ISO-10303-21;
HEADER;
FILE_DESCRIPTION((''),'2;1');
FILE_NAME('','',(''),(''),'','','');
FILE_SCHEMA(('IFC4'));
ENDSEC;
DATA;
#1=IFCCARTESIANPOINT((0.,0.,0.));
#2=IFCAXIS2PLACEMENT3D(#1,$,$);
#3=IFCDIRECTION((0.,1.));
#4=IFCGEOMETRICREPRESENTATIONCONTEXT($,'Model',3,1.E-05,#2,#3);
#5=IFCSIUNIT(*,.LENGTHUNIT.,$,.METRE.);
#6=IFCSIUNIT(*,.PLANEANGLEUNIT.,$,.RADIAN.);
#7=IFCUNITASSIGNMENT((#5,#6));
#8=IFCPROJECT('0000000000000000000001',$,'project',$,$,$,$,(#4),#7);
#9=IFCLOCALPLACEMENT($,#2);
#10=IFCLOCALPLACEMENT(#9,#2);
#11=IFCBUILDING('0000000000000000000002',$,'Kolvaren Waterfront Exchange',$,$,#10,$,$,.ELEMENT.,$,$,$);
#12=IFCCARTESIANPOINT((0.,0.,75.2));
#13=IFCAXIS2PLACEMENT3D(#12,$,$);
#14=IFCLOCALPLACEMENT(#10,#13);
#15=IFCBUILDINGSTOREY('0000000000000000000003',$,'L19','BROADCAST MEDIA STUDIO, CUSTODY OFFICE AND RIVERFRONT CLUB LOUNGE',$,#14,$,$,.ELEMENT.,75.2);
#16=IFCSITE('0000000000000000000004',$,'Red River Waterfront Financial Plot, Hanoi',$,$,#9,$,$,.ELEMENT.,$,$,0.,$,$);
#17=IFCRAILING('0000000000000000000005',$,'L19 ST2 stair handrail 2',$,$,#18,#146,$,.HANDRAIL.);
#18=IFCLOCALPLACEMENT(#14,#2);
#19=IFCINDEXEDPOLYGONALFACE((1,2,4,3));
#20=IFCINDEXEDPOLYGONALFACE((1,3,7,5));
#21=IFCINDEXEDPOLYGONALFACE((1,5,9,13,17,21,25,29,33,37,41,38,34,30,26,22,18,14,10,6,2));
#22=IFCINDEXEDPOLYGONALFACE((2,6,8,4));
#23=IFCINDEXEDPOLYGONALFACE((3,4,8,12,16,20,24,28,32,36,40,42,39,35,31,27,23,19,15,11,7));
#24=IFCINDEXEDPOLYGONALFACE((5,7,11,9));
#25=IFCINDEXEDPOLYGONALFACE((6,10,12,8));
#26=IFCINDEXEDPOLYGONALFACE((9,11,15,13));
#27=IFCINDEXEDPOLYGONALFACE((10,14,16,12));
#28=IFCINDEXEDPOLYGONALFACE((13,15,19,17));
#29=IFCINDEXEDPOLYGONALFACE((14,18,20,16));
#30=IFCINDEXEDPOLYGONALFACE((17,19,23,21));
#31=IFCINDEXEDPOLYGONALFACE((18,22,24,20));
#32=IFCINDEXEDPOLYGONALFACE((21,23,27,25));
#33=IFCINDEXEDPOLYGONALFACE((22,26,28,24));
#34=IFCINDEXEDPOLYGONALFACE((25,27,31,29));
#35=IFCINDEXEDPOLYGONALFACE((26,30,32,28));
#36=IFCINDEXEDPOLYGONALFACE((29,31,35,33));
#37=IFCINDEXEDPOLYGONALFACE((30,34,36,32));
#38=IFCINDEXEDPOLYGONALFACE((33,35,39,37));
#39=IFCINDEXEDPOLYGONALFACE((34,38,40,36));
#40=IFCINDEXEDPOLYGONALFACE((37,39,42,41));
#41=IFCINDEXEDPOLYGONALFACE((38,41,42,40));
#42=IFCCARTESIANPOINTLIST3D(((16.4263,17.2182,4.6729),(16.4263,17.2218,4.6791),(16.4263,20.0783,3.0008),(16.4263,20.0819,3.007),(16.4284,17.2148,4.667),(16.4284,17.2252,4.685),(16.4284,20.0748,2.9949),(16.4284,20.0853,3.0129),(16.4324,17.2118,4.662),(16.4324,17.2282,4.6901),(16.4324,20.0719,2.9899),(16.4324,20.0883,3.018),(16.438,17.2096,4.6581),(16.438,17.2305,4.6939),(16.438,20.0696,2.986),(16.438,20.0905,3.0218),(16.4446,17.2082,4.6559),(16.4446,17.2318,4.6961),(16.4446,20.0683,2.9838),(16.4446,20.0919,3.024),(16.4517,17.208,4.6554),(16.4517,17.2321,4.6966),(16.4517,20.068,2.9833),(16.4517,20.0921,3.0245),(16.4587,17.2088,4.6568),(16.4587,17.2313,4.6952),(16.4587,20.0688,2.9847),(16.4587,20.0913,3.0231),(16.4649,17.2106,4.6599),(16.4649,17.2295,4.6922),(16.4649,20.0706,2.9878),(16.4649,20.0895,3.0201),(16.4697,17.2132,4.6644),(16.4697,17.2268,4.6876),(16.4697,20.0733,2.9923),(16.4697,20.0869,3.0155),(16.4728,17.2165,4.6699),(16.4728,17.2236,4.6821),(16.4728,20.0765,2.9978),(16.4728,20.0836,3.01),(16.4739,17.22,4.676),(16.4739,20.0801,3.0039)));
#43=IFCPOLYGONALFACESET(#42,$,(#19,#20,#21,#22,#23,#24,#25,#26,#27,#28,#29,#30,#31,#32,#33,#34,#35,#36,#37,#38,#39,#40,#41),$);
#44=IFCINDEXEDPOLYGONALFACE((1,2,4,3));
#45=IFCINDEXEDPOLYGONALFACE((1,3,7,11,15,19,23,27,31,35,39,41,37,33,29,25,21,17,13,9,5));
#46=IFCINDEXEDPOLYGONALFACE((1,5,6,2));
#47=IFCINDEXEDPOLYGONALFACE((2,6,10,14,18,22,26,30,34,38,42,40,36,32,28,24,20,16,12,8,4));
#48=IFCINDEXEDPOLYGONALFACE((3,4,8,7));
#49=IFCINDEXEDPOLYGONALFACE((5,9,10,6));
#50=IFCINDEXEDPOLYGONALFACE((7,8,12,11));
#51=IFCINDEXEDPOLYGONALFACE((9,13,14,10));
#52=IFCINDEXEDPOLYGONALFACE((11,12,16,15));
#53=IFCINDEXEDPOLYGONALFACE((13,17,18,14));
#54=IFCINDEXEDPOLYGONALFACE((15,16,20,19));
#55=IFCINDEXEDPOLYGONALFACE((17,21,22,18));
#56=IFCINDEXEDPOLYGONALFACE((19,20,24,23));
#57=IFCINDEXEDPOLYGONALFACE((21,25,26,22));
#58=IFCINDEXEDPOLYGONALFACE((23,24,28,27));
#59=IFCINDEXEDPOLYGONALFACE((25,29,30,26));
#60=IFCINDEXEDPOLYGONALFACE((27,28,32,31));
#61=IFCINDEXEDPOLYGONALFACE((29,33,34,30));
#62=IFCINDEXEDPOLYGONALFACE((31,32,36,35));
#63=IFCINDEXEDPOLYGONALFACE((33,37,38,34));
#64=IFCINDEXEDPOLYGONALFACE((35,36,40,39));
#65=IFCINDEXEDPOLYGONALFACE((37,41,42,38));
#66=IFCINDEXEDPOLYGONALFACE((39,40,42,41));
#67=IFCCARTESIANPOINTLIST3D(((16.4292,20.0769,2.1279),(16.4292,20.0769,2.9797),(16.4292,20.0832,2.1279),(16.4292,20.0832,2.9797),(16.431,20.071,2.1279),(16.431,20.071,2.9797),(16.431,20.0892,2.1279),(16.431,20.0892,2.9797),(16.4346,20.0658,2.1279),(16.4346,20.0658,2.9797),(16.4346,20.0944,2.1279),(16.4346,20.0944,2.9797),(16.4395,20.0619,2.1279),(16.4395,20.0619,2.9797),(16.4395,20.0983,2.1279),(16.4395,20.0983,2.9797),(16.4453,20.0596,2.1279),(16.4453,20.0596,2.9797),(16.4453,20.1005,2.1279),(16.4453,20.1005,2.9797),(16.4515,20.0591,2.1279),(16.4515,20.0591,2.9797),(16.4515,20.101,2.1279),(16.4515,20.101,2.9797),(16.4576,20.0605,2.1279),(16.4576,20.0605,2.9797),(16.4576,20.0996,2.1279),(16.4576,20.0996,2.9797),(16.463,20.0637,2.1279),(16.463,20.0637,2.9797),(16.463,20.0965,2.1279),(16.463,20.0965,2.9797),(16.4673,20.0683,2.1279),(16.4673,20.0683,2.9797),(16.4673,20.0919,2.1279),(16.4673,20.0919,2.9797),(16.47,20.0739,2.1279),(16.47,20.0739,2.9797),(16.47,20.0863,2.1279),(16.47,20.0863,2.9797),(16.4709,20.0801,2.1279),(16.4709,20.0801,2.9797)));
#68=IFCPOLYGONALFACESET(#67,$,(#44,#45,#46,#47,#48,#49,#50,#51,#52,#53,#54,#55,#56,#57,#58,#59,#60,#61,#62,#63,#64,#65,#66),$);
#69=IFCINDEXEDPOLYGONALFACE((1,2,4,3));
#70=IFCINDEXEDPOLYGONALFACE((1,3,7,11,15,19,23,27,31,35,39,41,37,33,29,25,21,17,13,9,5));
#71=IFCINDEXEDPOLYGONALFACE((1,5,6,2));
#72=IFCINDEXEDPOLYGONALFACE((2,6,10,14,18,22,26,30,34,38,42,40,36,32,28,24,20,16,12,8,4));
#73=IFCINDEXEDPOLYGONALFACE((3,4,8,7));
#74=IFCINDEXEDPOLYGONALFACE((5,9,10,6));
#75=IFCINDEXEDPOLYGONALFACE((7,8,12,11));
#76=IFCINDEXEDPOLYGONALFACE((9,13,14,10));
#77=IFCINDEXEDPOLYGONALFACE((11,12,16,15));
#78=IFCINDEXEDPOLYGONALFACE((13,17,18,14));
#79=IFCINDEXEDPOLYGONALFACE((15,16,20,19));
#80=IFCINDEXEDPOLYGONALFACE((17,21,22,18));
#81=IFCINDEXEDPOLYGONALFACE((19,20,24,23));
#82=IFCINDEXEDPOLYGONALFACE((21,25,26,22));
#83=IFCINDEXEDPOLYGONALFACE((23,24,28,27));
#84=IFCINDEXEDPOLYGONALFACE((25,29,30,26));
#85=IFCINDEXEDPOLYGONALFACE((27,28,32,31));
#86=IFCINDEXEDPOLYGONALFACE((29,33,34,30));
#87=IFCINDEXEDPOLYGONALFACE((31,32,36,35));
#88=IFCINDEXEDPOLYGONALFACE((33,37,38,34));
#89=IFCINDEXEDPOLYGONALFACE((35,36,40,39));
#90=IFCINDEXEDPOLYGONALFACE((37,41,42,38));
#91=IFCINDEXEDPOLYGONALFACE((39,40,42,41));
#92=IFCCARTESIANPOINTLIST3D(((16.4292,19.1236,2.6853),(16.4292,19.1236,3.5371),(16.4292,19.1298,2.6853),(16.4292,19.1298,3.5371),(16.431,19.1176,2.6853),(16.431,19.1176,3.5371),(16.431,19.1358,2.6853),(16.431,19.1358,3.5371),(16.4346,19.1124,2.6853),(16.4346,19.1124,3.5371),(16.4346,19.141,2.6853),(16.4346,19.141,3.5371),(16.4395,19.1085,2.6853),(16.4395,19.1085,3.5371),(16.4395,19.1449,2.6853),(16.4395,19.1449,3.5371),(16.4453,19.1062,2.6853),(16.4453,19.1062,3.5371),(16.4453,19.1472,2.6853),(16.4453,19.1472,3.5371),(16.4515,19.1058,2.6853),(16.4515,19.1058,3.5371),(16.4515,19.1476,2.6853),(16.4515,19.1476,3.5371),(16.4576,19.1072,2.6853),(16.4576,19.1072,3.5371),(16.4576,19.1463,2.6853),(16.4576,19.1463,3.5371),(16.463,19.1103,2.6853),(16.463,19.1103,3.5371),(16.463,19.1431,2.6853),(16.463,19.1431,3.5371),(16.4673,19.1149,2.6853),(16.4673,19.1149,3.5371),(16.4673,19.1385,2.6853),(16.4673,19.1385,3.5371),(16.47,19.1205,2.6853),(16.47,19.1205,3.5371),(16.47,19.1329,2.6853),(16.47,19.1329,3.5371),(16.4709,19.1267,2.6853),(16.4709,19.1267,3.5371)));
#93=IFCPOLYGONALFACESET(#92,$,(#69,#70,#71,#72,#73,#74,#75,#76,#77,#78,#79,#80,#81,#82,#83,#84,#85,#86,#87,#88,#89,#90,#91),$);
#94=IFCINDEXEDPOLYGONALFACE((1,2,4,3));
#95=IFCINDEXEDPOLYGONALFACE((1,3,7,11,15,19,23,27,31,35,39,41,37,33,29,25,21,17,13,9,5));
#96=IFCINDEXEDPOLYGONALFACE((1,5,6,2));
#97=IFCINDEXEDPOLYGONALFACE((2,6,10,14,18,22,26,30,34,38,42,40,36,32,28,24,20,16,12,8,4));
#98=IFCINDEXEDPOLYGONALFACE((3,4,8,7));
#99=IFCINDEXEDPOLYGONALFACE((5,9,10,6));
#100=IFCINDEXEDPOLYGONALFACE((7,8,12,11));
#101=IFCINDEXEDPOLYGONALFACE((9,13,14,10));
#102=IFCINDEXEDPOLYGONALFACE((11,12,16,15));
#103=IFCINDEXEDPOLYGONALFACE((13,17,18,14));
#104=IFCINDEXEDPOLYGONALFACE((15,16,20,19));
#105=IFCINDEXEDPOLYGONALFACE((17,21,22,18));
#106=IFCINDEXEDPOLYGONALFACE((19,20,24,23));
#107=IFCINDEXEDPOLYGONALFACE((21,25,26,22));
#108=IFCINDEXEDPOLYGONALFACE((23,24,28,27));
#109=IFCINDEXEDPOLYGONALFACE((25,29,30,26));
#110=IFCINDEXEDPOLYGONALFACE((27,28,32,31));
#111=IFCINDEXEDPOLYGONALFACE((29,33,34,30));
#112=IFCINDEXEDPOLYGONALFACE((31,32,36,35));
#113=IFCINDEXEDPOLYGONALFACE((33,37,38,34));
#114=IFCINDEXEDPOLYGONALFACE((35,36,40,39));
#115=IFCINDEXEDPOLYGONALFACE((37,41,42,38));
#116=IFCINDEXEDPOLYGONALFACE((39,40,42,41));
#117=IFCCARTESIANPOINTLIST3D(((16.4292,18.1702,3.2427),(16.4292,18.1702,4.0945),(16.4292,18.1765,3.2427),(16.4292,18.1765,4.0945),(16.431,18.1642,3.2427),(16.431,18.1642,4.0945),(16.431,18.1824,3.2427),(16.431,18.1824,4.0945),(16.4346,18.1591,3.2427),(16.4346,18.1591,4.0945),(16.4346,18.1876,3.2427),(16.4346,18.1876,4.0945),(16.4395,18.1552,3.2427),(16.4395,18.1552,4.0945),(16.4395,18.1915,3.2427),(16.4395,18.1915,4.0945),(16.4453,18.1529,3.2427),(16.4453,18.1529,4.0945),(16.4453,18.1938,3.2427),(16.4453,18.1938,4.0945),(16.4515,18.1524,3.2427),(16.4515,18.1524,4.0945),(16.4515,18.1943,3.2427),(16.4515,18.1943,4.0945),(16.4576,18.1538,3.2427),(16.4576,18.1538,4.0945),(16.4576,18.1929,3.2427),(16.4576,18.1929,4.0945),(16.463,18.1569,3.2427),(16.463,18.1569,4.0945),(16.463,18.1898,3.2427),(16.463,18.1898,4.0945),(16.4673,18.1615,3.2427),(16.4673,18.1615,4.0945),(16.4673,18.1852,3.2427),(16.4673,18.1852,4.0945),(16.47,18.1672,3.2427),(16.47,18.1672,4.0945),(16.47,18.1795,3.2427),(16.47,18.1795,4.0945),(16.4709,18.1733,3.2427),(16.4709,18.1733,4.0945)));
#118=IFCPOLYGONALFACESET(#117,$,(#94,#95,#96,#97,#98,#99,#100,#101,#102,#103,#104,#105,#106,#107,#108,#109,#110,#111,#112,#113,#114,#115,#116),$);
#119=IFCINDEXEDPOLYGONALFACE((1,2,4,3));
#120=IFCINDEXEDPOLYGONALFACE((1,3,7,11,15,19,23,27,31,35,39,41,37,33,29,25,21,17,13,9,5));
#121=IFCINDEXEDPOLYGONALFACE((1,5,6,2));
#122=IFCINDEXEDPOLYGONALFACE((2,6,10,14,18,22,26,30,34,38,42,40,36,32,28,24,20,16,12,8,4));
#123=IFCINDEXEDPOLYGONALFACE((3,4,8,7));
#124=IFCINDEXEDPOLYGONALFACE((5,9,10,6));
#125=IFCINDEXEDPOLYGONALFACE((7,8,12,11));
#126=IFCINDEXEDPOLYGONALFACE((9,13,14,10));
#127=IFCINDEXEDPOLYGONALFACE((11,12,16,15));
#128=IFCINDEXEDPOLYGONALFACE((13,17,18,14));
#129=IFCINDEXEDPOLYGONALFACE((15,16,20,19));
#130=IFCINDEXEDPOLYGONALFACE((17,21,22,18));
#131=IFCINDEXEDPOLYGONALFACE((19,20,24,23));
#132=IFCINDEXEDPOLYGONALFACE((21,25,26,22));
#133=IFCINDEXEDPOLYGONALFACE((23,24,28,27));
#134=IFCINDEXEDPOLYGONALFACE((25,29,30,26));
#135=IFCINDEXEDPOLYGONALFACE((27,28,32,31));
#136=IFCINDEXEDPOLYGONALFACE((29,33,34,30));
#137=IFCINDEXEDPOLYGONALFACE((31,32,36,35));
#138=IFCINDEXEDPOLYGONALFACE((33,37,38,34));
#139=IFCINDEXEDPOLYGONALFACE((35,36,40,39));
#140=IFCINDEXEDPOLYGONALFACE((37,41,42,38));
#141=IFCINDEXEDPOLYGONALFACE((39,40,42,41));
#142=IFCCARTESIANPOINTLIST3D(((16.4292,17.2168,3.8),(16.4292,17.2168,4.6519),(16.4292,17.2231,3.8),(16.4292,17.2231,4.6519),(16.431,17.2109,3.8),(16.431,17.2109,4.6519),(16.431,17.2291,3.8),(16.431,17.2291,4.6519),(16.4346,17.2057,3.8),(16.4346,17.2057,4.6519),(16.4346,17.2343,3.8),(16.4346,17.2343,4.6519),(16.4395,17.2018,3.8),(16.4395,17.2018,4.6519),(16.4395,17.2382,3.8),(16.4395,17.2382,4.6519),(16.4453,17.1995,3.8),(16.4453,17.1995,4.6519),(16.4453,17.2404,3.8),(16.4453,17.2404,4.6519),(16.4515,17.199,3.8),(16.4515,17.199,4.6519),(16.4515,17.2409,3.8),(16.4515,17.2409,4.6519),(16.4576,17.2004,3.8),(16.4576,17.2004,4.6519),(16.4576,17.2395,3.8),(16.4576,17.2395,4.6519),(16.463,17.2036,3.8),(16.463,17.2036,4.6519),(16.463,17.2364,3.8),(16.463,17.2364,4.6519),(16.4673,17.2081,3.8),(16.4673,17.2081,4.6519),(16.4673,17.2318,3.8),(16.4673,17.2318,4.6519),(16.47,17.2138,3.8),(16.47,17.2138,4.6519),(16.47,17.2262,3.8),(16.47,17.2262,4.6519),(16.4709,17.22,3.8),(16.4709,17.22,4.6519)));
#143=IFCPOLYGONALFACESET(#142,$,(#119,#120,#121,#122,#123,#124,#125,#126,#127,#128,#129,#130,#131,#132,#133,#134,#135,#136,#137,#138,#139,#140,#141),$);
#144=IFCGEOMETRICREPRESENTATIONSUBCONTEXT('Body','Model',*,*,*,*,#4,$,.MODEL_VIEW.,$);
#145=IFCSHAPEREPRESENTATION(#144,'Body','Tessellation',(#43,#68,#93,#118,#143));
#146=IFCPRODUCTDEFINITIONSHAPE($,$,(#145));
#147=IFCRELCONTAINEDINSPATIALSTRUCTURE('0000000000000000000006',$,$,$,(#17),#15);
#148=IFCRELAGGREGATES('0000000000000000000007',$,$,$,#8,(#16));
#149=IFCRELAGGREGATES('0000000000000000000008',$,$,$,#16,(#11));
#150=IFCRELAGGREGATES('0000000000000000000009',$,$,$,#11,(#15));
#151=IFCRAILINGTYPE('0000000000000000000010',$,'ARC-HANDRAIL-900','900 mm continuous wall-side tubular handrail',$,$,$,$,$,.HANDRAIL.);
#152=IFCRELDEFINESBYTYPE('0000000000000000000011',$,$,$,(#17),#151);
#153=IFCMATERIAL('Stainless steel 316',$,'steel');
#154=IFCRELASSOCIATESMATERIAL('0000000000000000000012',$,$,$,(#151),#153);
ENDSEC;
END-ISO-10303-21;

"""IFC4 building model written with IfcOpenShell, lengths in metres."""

from ifc_helpers import new_model, si_unit, direction, frame, origin, origin_2d, place, context, subcontext, project, spatial, circle, extrude, material, type_object, element, save


model = new_model("IFC4")

# Units and contexts
model_context = context("Model", 3, precision=1e-05, world=origin(), true_north=direction((0.0, 1.0)))
body_context = subcontext(model_context, "Body", "Model", "MODEL_VIEW")
ifc_project = project(units=[si_unit("LENGTHUNIT", "METRE"), si_unit("PLANEANGLEUNIT", "RADIAN")], contexts=[model_context])

# Site, building, storey
site_placement = place(None, origin())
site = spatial("IfcSite", under=ifc_project, at=site_placement, Name="Red River Waterfront Financial Plot, Hanoi", CompositionType="ELEMENT", RefElevation=0.0)
building_placement = place(site_placement, origin())
building = spatial("IfcBuilding", under=site, at=building_placement, Name="Kolvaren Waterfront Exchange", CompositionType="ELEMENT")
storey_placement = place(building_placement, frame((0.0, 0.0, 75.2)))
storey = spatial("IfcBuildingStorey", under=building, at=storey_placement, Name="L19", Description="BROADCAST MEDIA STUDIO, CUSTODY OFFICE AND RIVERFRONT CLUB LOUNGE", CompositionType="ELEMENT", Elevation=75.2)

# Railing
ifc_material_1 = material(Name="Stainless steel 316", Category="steel")
railing_type_1 = type_object("IfcRailingType", Name="ARC-HANDRAIL-900", Description="900 mm continuous wall-side tubular handrail", PredefinedType="HANDRAIL", material=ifc_material_1)
railing_1_placement = place(storey_placement, frame((16.45, 20.0801, 2.1279)))
element("IfcRailing", 1, at=railing_1_placement, inside=storey, type_object=railing_type_1, Name="L19 ST2 stair handrail 2", PredefinedType="HANDRAIL", context=body_context, shape_type="SweptSolid", body=[
    extrude(circle(Radius=0.0239, at=origin_2d()), frame((0.0, 0.0, 0.876), z_axis=(0.0, -0.863289, 0.504709), x_axis=(1.0, 0.0, 0.0)), (0.0, 0.0, 1.0), 3.313),
    extrude(circle(Radius=0.021, at=origin_2d()), origin(), (0.0, 0.0, 1.0), 0.8518),
    extrude(circle(Radius=0.021, at=origin_2d()), frame((0.0, -0.9534, 0.5574)), (0.0, 0.0, 1.0), 0.8518),
    extrude(circle(Radius=0.021, at=origin_2d()), frame((0.0, -1.9067, 1.1147)), (0.0, 0.0, 1.0), 0.8518),
    extrude(circle(Radius=0.021, at=origin_2d()), frame((0.0, -2.8601, 1.6721)), (0.0, 0.0, 1.0), 0.8518),
])

save(model, "model.ifc")
